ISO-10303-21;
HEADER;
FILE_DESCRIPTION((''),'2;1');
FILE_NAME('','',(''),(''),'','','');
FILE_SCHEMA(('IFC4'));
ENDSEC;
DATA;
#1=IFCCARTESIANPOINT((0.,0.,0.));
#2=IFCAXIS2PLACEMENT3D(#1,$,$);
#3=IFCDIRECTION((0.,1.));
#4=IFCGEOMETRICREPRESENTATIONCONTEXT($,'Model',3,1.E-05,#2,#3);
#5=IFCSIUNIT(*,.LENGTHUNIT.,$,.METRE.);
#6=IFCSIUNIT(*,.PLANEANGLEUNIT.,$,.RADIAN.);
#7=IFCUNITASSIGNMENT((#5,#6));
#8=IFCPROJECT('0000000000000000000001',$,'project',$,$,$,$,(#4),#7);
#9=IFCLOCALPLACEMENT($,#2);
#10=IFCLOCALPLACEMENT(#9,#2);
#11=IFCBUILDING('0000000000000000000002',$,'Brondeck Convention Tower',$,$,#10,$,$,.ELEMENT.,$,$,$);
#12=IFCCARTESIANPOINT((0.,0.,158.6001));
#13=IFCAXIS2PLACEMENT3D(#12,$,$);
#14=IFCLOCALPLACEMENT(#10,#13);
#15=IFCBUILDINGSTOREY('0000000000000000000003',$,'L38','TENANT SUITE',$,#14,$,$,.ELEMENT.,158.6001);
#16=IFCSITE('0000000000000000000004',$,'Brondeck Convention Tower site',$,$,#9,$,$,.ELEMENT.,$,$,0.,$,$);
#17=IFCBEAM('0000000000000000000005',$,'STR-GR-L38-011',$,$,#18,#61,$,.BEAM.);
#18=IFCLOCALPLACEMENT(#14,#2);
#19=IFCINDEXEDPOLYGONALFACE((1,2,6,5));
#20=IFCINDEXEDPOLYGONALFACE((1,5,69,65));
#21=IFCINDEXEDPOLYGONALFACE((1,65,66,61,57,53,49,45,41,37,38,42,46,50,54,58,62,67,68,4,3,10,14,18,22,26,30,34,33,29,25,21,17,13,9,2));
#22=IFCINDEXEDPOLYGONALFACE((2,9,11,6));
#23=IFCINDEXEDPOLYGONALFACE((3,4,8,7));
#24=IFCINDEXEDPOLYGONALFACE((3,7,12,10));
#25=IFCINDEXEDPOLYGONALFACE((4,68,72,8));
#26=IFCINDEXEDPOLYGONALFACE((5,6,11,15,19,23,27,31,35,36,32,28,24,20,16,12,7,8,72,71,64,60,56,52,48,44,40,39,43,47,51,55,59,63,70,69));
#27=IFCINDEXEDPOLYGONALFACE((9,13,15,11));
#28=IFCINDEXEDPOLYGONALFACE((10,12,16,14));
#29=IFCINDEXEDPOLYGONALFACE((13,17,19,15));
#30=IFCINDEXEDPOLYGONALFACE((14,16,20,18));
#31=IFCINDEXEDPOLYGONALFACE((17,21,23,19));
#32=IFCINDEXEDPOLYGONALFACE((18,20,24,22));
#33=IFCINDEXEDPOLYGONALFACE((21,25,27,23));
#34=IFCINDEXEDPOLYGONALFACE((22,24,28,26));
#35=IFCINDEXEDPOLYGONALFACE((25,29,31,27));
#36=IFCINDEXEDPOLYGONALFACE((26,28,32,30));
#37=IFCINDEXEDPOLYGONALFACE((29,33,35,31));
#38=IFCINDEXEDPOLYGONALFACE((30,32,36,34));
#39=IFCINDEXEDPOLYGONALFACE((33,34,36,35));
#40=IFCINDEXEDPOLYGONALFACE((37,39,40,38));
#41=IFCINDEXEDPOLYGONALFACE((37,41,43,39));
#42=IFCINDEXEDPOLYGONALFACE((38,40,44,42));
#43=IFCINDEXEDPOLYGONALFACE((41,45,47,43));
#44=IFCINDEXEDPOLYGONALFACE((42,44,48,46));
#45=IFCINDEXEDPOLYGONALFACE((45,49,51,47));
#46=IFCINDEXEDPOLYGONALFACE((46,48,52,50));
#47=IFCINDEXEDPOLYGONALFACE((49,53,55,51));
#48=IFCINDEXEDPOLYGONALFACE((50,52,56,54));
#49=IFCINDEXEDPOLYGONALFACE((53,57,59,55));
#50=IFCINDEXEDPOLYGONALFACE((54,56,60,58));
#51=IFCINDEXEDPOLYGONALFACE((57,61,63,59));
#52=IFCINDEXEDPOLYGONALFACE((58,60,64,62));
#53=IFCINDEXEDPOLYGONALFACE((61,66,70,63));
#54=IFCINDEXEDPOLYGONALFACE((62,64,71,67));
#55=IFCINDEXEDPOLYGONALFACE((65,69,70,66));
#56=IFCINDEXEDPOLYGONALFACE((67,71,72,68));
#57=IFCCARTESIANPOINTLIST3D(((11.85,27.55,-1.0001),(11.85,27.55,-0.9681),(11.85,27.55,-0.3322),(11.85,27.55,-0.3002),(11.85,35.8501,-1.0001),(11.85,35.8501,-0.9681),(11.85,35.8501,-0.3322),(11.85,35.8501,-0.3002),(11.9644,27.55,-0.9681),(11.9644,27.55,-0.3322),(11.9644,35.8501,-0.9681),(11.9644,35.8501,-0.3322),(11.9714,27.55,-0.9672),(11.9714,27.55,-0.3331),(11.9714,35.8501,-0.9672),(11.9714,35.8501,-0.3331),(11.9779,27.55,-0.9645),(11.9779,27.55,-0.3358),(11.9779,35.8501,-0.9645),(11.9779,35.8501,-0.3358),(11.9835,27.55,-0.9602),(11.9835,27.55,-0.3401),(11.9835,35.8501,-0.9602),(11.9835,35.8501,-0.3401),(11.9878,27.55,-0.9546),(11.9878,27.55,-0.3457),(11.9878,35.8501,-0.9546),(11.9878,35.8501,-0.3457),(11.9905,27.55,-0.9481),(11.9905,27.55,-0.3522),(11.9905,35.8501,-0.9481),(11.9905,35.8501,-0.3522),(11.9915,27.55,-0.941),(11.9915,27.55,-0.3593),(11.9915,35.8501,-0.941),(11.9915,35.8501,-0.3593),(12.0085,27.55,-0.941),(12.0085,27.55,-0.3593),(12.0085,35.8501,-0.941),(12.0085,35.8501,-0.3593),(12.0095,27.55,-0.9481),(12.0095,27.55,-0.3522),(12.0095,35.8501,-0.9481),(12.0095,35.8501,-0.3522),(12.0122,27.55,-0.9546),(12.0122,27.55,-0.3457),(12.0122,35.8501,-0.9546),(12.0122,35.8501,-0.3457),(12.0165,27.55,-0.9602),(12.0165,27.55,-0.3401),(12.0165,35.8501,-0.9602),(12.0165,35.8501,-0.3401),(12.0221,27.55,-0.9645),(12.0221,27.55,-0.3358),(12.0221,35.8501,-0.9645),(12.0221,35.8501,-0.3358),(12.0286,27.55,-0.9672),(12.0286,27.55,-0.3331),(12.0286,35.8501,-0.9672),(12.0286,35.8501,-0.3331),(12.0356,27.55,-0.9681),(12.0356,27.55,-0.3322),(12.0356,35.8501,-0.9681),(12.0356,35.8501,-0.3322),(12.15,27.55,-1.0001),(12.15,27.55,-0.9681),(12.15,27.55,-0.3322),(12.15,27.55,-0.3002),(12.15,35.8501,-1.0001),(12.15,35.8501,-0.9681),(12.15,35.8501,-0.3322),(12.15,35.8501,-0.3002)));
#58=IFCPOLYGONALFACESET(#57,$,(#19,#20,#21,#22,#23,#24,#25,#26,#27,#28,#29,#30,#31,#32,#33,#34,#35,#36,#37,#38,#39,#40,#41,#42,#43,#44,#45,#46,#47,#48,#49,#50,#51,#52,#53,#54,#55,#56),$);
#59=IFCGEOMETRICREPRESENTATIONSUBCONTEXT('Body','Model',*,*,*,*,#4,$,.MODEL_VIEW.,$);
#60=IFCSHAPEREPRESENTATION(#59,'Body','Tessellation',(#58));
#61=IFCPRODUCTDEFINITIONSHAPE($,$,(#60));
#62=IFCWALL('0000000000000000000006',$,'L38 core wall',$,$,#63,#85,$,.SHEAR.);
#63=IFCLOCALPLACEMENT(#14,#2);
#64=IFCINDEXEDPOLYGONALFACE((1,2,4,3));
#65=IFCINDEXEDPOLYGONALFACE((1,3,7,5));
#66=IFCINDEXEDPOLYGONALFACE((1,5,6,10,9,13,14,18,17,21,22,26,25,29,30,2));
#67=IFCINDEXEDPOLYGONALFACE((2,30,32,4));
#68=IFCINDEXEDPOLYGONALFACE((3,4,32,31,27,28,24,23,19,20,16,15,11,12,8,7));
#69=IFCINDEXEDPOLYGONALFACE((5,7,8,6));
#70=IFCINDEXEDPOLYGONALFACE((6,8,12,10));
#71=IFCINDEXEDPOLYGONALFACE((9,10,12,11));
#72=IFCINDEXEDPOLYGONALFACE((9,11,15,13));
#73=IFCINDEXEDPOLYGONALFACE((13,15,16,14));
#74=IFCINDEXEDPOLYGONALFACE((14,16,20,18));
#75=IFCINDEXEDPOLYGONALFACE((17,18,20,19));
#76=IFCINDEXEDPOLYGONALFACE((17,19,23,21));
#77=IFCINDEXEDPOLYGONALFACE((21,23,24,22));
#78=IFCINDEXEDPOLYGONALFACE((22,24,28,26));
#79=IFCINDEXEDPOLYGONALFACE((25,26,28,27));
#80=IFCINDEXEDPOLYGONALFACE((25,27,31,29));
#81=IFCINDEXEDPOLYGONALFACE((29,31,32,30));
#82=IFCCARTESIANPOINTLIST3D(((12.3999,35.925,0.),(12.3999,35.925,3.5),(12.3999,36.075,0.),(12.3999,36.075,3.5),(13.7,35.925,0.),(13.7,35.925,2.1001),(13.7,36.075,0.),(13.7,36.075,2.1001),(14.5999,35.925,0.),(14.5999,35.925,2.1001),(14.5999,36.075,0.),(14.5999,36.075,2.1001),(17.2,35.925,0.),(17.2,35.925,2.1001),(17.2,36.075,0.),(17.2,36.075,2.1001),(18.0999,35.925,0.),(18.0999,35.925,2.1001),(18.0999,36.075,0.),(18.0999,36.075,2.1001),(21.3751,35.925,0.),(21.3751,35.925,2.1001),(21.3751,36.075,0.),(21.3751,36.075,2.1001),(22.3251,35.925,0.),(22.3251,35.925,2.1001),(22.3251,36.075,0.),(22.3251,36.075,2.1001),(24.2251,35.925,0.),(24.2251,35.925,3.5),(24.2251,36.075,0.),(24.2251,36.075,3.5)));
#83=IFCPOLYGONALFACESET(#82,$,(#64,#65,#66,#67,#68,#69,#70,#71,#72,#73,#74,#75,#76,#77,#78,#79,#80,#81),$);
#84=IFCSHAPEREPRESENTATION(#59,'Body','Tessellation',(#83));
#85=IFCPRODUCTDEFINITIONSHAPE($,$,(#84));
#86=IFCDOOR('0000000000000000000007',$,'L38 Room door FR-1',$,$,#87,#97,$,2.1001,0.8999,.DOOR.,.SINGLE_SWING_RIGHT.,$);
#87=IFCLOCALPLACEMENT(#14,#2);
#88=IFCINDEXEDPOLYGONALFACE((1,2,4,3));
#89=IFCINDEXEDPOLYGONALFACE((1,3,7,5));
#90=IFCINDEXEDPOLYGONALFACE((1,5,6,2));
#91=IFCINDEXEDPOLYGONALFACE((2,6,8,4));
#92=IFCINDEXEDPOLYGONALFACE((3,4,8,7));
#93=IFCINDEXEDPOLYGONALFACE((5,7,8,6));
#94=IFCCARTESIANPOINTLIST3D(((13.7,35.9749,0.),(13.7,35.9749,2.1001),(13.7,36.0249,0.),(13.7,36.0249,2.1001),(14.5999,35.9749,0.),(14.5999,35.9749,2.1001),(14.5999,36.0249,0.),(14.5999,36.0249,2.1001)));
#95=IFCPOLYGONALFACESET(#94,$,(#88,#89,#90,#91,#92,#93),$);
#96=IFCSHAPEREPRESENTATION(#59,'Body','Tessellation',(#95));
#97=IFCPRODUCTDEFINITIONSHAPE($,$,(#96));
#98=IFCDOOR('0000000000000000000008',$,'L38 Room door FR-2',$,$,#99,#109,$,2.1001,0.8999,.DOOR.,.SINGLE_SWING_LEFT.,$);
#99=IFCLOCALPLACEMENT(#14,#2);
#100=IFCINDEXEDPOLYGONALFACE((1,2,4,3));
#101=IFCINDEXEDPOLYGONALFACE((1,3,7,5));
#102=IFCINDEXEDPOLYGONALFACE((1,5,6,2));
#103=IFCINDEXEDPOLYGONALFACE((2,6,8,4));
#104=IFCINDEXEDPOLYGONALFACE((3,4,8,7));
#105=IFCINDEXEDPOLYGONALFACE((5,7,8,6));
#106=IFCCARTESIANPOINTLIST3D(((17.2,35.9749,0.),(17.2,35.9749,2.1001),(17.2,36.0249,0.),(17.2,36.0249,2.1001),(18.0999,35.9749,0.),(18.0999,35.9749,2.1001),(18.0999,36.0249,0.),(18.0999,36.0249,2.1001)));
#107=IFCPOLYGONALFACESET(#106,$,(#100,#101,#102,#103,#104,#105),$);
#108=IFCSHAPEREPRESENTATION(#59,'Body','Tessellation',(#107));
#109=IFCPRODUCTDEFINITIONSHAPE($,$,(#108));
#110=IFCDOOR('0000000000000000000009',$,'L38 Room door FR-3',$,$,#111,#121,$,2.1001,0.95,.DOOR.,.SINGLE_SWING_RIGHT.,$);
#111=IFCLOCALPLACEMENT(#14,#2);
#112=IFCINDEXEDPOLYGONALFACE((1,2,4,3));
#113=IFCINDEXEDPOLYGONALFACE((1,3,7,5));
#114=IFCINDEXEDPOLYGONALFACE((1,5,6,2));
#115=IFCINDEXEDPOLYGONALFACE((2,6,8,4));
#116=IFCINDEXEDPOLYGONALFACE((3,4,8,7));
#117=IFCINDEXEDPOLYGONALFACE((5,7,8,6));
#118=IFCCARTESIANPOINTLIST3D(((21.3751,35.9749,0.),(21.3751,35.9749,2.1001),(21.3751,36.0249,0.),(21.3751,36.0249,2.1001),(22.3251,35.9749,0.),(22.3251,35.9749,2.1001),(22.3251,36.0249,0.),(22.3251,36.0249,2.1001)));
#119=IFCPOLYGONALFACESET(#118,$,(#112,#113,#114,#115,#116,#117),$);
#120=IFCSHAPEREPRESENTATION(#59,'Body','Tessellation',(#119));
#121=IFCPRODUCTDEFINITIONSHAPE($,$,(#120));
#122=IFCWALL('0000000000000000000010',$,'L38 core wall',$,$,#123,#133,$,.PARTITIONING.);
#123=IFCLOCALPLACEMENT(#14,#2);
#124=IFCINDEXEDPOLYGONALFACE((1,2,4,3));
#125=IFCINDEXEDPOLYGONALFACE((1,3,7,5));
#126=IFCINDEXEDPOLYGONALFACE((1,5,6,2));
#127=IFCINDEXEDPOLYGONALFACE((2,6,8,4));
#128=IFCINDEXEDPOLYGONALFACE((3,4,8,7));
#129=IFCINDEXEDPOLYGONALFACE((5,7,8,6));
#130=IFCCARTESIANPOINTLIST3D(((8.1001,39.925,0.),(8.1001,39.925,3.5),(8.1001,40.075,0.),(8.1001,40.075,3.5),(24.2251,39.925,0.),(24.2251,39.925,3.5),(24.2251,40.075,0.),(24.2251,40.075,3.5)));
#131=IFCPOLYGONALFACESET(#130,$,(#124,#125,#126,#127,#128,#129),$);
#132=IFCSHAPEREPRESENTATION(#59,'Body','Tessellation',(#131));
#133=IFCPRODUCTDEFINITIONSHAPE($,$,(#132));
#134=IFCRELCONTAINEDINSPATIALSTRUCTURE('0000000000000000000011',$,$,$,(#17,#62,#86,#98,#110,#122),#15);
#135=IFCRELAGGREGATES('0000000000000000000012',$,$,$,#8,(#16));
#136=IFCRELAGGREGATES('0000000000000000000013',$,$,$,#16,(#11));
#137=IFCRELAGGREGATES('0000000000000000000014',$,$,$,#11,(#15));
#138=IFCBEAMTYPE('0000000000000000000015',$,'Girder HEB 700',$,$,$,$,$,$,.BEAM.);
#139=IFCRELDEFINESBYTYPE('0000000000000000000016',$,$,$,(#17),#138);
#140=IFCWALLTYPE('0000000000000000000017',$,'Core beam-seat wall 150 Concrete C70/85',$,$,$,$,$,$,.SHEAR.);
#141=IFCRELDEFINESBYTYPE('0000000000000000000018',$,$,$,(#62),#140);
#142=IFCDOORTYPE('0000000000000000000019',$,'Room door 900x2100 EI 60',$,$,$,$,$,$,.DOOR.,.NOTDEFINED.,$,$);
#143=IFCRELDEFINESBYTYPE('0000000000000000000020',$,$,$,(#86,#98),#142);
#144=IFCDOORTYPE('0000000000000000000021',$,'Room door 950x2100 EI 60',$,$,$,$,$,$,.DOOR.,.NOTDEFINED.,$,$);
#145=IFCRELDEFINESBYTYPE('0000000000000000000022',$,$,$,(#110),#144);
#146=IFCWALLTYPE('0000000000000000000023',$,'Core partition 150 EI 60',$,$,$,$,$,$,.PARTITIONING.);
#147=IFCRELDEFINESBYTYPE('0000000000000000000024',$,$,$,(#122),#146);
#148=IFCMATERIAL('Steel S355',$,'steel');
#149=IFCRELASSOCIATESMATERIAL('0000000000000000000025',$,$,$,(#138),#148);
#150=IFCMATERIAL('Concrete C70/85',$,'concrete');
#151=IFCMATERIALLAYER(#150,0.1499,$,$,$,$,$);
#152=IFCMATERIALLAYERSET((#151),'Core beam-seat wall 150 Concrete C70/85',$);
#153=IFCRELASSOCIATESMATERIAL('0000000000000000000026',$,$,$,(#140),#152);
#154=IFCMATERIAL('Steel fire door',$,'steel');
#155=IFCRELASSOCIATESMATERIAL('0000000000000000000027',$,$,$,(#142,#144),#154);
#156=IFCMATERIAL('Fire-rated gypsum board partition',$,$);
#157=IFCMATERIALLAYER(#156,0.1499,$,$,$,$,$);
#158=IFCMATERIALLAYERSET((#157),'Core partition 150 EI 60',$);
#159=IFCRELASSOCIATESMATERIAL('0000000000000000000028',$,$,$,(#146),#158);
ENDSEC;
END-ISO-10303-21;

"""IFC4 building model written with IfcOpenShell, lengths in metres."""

from ifc_helpers import new_model, si_unit, direction, frame, frame_2d, origin, origin_2d, place, context, subcontext, project, spatial, rectangle, i_section, extrude, material, layer, layer_set, material_profile, profile_set, type_object, element, fill, save


model = new_model("IFC4")

# Units and contexts
model_context = context("Model", 3, precision=1e-05, world=origin(), true_north=direction((0.0, 1.0)))
body_context = subcontext(model_context, "Body", "Model", "MODEL_VIEW")
ifc_project = project(units=[si_unit("LENGTHUNIT", "METRE"), si_unit("PLANEANGLEUNIT", "RADIAN")], contexts=[model_context])

# Site, building, storey
site_placement = place(None, origin())
site = spatial("IfcSite", under=ifc_project, at=site_placement, Name="Brondeck Convention Tower site", CompositionType="ELEMENT", RefElevation=0.0)
building_placement = place(site_placement, origin())
building = spatial("IfcBuilding", under=site, at=building_placement, Name="Brondeck Convention Tower", CompositionType="ELEMENT")
storey_placement = place(building_placement, frame((0.0, 0.0, 158.6001)))
storey = spatial("IfcBuildingStorey", under=building, at=storey_placement, Name="L38", Description="TENANT SUITE", CompositionType="ELEMENT", Elevation=158.6001)

# Beam
ifc_material_1 = material(Name="Steel S355", Category="steel")
ifc_material_profile = material_profile(ifc_material_1, i_section(OverallWidth=0.3, OverallDepth=0.7, WebThickness=0.0171, FlangeThickness=0.032, FilletRadius=0.0271, at=origin_2d()), Name="HEB 700")
ifc_profile_set = profile_set([ifc_material_profile], Name="Steel S355")
beam_type = type_object("IfcBeamType", Name="Girder HEB 700", PredefinedType="BEAM", material=ifc_profile_set)
beam_placement = place(storey_placement, frame((12.0, 35.8501, -0.6501), z_axis=(0.0, -1.0, 0.0), x_axis=(1.0, 0.0, 0.0)))
element("IfcBeam", 1, at=beam_placement, inside=storey, type_object=beam_type, Name="STR-GR-L38-011", PredefinedType="BEAM", context=body_context, shape_type="SweptSolid", body=[
    extrude(i_section(OverallWidth=0.3, OverallDepth=0.7, WebThickness=0.0171, FlangeThickness=0.032, FilletRadius=0.0271, at=origin_2d()), origin(), (0.0, 0.0, 1.0), 8.3),
])

# Wall, openings, doors
ifc_material_2 = material(Name="Concrete C70/85", Category="concrete")
ifc_layer_1 = layer(ifc_material_2, 0.1499)
ifc_layer_set_1 = layer_set([ifc_layer_1], Name="Core beam-seat wall 150 Concrete C70/85")
wall_type_1 = type_object("IfcWallType", Name="Core beam-seat wall 150 Concrete C70/85", PredefinedType="SHEAR", material=ifc_layer_set_1)
wall_1_placement = place(storey_placement, frame((12.3999, 36.0, 0.0), z_axis=(0.0, 0.0, 1.0), x_axis=(1.0, 0.0, 0.0)))
wall_1 = element("IfcWall", 2, at=wall_1_placement, inside=storey, type_object=wall_type_1, Name="L38 core wall", PredefinedType="SHEAR", context=body_context, shape_type="SweptSolid", body=[
    extrude(rectangle(XDim=11.8252, YDim=0.1499, at=frame_2d((5.9126, 0.0))), origin(), (0.0, 0.0, 1.0), 3.5),
])
opening_1_placement = place(wall_1_placement, frame((1.3, 0.0, 0.0)))
opening_1 = element("IfcOpeningElement", 3, at=opening_1_placement, cuts=wall_1, PredefinedType="OPENING", context=body_context, shape_type="SweptSolid", body=[
    extrude(rectangle(XDim=0.8999, YDim=2.1001, at=frame_2d((0.45, 1.05))), frame((0.0, 0.085, 0.0), z_axis=(0.0, -1.0, 0.0), x_axis=(1.0, 0.0, 0.0)), (0.0, 0.0, 1.0), 0.1699),
])
opening_2_placement = place(wall_1_placement, frame((4.8, 0.0, 0.0)))
opening_2 = element("IfcOpeningElement", 4, at=opening_2_placement, cuts=wall_1, PredefinedType="OPENING", context=body_context, shape_type="SweptSolid", body=[
    extrude(rectangle(XDim=0.8999, YDim=2.1001, at=frame_2d((0.45, 1.05))), frame((0.0, 0.085, 0.0), z_axis=(0.0, -1.0, 0.0), x_axis=(1.0, 0.0, 0.0)), (0.0, 0.0, 1.0), 0.1699),
])
opening_3_placement = place(wall_1_placement, frame((8.9751, 0.0, 0.0)))
opening_3 = element("IfcOpeningElement", 5, at=opening_3_placement, cuts=wall_1, PredefinedType="OPENING", context=body_context, shape_type="SweptSolid", body=[
    extrude(rectangle(XDim=0.95, YDim=2.1001, at=frame_2d((0.4751, 1.05))), frame((0.0, 0.085, 0.0), z_axis=(0.0, -1.0, 0.0), x_axis=(1.0, 0.0, 0.0)), (0.0, 0.0, 1.0), 0.1699),
])
ifc_material_3 = material(Name="Steel fire door", Category="steel")
door_type_1 = type_object("IfcDoorType", Name="Room door 900x2100 EI 60", OperationType="NOTDEFINED", PredefinedType="DOOR", material=ifc_material_3)
door_1_placement = place(opening_1_placement, origin())
door_1 = element("IfcDoor", 6, at=door_1_placement, inside=storey, type_object=door_type_1, Name="L38 Room door FR-1", OperationType="SINGLE_SWING_RIGHT", OverallHeight=2.1001, OverallWidth=0.8999, PredefinedType="DOOR", context=body_context, shape_type="SweptSolid", body=[
    extrude(rectangle(XDim=0.8999, YDim=2.1001, at=frame_2d((0.45, 1.05))), frame((0.0, 0.0249, 0.0), z_axis=(0.0, -1.0, 0.0), x_axis=(1.0, 0.0, 0.0)), (0.0, 0.0, 1.0), 0.05),
])
fill(opening_1, door_1)
door_2_placement = place(opening_2_placement, origin())
door_2 = element("IfcDoor", 7, at=door_2_placement, inside=storey, type_object=door_type_1, Name="L38 Room door FR-2", OperationType="SINGLE_SWING_LEFT", OverallHeight=2.1001, OverallWidth=0.8999, PredefinedType="DOOR", context=body_context, shape_type="SweptSolid", body=[
    extrude(rectangle(XDim=0.8999, YDim=2.1001, at=frame_2d((0.45, 1.05))), frame((0.0, 0.0249, 0.0), z_axis=(0.0, -1.0, 0.0), x_axis=(1.0, 0.0, 0.0)), (0.0, 0.0, 1.0), 0.05),
])
fill(opening_2, door_2)
door_type_2 = type_object("IfcDoorType", Name="Room door 950x2100 EI 60", OperationType="NOTDEFINED", PredefinedType="DOOR", material=ifc_material_3)
door_3_placement = place(opening_3_placement, origin())
door_3 = element("IfcDoor", 8, at=door_3_placement, inside=storey, type_object=door_type_2, Name="L38 Room door FR-3", OperationType="SINGLE_SWING_RIGHT", OverallHeight=2.1001, OverallWidth=0.95, PredefinedType="DOOR", context=body_context, shape_type="SweptSolid", body=[
    extrude(rectangle(XDim=0.95, YDim=2.1001, at=frame_2d((0.4751, 1.05))), frame((0.0, 0.0249, 0.0), z_axis=(0.0, -1.0, 0.0), x_axis=(1.0, 0.0, 0.0)), (0.0, 0.0, 1.0), 0.05),
])
fill(opening_3, door_3)

# Wall
ifc_material_4 = material(Name="Fire-rated gypsum board partition")
ifc_layer_2 = layer(ifc_material_4, 0.1499)
ifc_layer_set_2 = layer_set([ifc_layer_2], Name="Core partition 150 EI 60")
wall_type_2 = type_object("IfcWallType", Name="Core partition 150 EI 60", PredefinedType="PARTITIONING", material=ifc_layer_set_2)
wall_2_placement = place(storey_placement, frame((8.1001, 40.0, 0.0), z_axis=(0.0, 0.0, 1.0), x_axis=(1.0, 0.0, 0.0)))
element("IfcWall", 9, at=wall_2_placement, inside=storey, type_object=wall_type_2, Name="L38 core wall", PredefinedType="PARTITIONING", context=body_context, shape_type="SweptSolid", body=[
    extrude(rectangle(XDim=16.125, YDim=0.1499, at=frame_2d((8.0625, 0.0))), origin(), (0.0, 0.0, 1.0), 3.5),
])

save(model, "model.ifc")
